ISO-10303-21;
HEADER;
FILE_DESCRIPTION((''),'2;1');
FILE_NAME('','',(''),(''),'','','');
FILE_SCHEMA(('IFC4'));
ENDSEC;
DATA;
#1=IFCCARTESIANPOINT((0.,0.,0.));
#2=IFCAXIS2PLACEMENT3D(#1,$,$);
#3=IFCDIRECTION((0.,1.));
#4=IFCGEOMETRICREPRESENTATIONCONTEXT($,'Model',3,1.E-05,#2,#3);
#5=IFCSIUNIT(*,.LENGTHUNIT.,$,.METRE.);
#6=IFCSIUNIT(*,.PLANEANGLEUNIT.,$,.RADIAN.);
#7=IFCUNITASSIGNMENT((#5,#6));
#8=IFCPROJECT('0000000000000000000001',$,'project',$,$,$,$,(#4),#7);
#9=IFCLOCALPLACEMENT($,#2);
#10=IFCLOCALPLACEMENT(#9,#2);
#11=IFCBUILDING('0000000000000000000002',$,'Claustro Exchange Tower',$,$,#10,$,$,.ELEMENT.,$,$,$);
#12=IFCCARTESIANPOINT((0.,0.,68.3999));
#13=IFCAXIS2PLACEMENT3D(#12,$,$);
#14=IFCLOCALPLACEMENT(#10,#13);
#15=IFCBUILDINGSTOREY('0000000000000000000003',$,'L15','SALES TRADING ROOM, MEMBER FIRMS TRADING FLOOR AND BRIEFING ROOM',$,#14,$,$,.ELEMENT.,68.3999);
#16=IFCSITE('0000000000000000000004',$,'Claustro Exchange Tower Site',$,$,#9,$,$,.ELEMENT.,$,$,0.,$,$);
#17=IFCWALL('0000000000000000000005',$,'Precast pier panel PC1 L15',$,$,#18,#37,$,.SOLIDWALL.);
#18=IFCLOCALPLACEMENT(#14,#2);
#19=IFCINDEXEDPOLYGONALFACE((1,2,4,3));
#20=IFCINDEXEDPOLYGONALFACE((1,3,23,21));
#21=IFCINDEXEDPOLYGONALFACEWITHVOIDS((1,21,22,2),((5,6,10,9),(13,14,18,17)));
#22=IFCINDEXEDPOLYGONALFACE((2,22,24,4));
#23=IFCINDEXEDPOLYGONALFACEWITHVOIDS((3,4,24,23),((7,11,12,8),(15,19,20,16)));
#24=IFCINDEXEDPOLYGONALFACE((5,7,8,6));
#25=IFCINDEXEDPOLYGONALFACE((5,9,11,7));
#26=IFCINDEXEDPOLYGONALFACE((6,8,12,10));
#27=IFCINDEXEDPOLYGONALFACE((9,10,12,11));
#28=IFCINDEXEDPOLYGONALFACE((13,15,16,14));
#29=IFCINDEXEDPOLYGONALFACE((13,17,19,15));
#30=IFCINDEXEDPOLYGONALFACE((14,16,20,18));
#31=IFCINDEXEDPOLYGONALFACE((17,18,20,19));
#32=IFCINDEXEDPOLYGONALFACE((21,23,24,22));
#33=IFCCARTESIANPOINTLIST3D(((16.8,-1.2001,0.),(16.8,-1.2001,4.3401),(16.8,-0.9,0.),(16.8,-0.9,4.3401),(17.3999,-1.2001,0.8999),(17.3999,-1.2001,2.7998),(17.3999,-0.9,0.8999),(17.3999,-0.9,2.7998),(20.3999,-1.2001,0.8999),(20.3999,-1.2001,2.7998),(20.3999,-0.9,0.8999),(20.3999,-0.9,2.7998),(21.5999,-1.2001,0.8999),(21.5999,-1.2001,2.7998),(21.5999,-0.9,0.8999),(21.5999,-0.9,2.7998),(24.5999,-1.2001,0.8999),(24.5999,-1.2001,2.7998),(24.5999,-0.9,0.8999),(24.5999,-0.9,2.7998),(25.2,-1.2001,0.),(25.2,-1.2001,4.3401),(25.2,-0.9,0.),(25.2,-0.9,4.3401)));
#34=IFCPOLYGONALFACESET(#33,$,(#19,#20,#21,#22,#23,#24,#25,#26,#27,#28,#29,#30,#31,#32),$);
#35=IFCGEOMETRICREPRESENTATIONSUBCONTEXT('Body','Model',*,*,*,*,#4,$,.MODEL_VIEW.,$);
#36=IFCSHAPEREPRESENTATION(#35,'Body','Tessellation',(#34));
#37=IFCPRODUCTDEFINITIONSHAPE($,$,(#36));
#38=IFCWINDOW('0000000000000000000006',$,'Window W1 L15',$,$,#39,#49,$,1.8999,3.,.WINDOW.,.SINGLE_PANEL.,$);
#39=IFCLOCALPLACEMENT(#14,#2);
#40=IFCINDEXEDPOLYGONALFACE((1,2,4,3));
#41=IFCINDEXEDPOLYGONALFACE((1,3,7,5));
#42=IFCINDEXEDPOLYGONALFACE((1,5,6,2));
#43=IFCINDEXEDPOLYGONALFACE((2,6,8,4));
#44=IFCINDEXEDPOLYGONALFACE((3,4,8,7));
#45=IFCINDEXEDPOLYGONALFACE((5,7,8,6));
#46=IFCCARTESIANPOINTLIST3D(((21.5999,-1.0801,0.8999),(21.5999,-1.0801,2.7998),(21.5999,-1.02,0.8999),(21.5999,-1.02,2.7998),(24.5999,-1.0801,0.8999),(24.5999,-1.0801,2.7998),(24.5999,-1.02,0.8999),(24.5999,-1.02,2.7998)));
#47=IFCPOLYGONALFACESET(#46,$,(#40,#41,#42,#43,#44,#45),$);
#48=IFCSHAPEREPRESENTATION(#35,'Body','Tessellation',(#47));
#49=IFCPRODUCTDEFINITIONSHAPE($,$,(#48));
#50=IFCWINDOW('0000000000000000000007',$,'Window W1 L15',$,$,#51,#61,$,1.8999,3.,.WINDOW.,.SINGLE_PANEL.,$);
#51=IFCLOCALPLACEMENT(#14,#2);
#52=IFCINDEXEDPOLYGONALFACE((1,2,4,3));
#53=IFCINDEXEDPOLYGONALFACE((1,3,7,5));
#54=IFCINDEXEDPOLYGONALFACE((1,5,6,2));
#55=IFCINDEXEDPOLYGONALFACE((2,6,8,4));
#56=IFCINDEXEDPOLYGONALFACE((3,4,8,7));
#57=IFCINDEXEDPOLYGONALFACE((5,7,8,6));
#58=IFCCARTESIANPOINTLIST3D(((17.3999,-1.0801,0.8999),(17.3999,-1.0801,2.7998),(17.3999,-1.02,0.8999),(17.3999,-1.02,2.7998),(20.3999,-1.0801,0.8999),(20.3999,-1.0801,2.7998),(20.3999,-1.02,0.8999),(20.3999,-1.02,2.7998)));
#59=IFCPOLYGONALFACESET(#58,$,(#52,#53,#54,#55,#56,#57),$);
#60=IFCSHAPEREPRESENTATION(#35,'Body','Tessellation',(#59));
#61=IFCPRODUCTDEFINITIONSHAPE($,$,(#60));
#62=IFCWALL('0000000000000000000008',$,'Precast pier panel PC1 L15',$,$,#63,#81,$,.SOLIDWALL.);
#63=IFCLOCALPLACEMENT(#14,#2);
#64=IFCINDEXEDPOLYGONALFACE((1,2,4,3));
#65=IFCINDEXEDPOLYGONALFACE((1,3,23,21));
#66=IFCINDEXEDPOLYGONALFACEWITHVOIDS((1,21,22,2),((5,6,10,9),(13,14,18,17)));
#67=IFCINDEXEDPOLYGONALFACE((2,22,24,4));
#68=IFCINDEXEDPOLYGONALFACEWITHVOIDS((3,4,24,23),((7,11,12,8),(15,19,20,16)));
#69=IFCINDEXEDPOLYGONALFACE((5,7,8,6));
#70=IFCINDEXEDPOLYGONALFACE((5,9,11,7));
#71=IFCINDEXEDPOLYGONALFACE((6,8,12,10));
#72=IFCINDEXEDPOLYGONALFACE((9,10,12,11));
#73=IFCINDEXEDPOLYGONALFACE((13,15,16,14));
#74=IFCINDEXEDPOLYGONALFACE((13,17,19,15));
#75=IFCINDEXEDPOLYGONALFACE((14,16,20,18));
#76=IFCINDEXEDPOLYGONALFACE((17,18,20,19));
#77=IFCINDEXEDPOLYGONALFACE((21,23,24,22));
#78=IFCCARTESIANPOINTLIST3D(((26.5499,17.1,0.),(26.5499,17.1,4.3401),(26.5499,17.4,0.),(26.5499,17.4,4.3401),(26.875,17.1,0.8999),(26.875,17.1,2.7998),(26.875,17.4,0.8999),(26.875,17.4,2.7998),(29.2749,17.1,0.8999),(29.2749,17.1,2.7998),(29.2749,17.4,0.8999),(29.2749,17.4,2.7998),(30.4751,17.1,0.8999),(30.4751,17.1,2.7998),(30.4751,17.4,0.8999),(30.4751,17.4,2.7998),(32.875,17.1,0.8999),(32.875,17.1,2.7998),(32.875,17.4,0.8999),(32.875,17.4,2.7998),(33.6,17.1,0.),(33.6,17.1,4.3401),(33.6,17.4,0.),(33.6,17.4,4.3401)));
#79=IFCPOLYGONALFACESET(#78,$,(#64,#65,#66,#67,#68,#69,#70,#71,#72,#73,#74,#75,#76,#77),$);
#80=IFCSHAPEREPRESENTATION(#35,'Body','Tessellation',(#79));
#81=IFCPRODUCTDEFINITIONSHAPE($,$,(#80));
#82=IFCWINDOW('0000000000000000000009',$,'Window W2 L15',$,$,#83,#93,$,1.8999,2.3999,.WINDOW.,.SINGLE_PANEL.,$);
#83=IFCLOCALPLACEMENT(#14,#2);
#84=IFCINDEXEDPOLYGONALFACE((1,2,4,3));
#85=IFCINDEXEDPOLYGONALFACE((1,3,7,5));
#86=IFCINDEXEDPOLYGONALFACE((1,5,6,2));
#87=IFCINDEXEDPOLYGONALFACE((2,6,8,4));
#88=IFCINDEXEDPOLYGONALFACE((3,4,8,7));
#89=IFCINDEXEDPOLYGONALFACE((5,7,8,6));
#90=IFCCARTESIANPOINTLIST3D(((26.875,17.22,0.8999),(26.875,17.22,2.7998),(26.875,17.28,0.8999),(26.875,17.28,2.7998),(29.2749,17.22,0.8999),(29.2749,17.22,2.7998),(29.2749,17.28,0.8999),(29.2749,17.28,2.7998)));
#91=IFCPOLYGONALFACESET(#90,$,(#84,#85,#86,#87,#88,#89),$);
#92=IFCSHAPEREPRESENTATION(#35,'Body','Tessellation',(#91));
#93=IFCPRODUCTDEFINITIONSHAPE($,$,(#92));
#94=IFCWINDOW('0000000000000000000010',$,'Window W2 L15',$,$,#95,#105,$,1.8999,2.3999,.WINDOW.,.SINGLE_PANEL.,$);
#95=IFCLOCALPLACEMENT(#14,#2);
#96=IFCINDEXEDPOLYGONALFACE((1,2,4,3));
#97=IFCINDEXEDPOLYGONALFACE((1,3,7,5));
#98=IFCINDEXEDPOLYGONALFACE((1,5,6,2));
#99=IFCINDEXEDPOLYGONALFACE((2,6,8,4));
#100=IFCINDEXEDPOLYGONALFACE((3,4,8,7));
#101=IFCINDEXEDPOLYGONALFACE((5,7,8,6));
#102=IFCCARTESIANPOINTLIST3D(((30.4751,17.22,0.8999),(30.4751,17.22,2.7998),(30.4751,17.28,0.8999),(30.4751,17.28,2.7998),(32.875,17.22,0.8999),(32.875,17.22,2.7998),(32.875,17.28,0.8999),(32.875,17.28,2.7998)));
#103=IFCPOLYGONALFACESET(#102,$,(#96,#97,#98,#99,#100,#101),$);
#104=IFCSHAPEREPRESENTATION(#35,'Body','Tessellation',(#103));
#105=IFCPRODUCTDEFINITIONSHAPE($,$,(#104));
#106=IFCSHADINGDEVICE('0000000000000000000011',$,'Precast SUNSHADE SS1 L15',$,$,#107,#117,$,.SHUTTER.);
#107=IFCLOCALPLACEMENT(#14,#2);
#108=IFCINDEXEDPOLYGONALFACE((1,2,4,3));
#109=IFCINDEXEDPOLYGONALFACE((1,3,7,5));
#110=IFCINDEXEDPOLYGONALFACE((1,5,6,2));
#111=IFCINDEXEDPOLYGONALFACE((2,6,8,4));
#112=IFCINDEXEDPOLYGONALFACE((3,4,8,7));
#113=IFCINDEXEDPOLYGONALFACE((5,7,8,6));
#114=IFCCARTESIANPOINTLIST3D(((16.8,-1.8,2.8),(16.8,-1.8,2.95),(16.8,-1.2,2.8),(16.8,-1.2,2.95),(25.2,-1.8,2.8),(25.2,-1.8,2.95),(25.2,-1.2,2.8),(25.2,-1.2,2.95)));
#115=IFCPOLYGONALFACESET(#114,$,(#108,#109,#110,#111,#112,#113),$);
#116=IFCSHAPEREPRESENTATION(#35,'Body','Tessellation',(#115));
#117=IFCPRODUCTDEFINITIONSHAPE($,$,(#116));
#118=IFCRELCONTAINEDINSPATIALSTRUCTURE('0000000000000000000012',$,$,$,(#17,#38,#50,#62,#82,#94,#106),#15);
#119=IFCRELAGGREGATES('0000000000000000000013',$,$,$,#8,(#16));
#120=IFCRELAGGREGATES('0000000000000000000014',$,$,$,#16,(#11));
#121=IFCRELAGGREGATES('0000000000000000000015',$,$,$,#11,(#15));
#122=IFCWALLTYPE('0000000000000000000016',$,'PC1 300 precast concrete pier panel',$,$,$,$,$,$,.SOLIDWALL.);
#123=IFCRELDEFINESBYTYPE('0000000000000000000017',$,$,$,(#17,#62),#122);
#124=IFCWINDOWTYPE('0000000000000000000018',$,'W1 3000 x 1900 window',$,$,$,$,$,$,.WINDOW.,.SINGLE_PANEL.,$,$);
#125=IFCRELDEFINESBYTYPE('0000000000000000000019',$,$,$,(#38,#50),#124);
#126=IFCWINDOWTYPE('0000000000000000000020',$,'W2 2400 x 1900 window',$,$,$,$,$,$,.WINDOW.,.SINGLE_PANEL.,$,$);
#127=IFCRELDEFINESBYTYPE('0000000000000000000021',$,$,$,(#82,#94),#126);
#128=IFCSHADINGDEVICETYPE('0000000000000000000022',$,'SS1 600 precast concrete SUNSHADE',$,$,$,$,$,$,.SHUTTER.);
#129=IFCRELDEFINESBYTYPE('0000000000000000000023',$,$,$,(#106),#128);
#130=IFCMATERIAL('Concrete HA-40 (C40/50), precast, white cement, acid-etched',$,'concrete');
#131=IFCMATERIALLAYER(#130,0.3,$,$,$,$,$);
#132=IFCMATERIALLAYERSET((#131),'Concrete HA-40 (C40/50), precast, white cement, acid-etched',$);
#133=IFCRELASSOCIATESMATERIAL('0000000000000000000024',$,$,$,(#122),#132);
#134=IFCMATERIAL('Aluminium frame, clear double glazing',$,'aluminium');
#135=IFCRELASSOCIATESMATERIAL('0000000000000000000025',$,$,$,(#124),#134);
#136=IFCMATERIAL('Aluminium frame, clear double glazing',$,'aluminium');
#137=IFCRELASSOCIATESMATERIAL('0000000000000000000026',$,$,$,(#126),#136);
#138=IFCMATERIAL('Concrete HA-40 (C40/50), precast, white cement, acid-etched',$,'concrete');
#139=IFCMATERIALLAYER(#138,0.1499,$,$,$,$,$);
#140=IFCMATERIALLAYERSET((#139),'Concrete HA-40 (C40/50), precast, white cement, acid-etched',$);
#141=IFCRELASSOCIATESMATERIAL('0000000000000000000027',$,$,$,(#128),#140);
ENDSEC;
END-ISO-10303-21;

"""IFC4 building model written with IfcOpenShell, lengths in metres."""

from ifc_helpers import new_model, si_unit, direction, frame, frame_2d, origin, origin_2d, place, context, subcontext, project, spatial, rectangle, extrude, material, layer, layer_set, type_object, element, fill, save


model = new_model("IFC4")

# Units and contexts
model_context = context("Model", 3, precision=1e-05, world=origin(), true_north=direction((0.0, 1.0)))
body_context = subcontext(model_context, "Body", "Model", "MODEL_VIEW")
ifc_project = project(units=[si_unit("LENGTHUNIT", "METRE"), si_unit("PLANEANGLEUNIT", "RADIAN")], contexts=[model_context])

# Site, building, storey
site_placement = place(None, origin())
site = spatial("IfcSite", under=ifc_project, at=site_placement, Name="Claustro Exchange Tower Site", CompositionType="ELEMENT", RefElevation=0.0)
building_placement = place(site_placement, origin())
building = spatial("IfcBuilding", under=site, at=building_placement, Name="Claustro Exchange Tower", CompositionType="ELEMENT")
storey_placement = place(building_placement, frame((0.0, 0.0, 68.3999)))
storey = spatial("IfcBuildingStorey", under=building, at=storey_placement, Name="L15", Description="SALES TRADING ROOM, MEMBER FIRMS TRADING FLOOR AND BRIEFING ROOM", CompositionType="ELEMENT", Elevation=68.3999)

# Walls, openings, windows
ifc_material_1 = material(Name="Concrete HA-40 (C40/50), precast, white cement, acid-etched", Category="concrete")
ifc_layer_1 = layer(ifc_material_1, 0.3)
ifc_layer_set_1 = layer_set([ifc_layer_1], Name="Concrete HA-40 (C40/50), precast, white cement, acid-etched")
wall_type_1 = type_object("IfcWallType", Name="PC1 300 precast concrete pier panel", PredefinedType="SOLIDWALL", material=ifc_layer_set_1)
wall_1_placement = place(storey_placement, frame((25.2, -1.05, 0.0), z_axis=(0.0, 0.0, 1.0), x_axis=(-1.0, 0.0, 0.0)))
wall_1 = element("IfcWall", 1, at=wall_1_placement, inside=storey, type_object=wall_type_1, Name="Precast pier panel PC1 L15", PredefinedType="SOLIDWALL", context=body_context, shape_type="SweptSolid", body=[
    extrude(rectangle(XDim=8.3999, YDim=0.3, at=frame_2d((4.2, 0.0))), origin(), (0.0, 0.0, 1.0), 4.3401),
])
opening_1_placement = place(wall_1_placement, frame((0.6001, 0.0, 0.8999)))
opening_1 = element("IfcOpeningElement", 2, at=opening_1_placement, cuts=wall_1, PredefinedType="OPENING", context=body_context, shape_type="SweptSolid", body=[
    extrude(rectangle(XDim=3.0, YDim=1.8999, at=frame_2d((1.5, 0.95))), frame((0.0, 0.1599, 0.0), z_axis=(0.0, -1.0, 0.0), x_axis=(1.0, 0.0, 0.0)), (0.0, 0.0, 1.0), 0.3201),
])
opening_2_placement = place(wall_1_placement, frame((4.8, 0.0, 0.8999)))
opening_2 = element("IfcOpeningElement", 3, at=opening_2_placement, cuts=wall_1, PredefinedType="OPENING", context=body_context, shape_type="SweptSolid", body=[
    extrude(rectangle(XDim=3.0, YDim=1.8999, at=frame_2d((1.5, 0.95))), frame((0.0, 0.1599, 0.0), z_axis=(0.0, -1.0, 0.0), x_axis=(1.0, 0.0, 0.0)), (0.0, 0.0, 1.0), 0.3201),
])
ifc_material_2 = material(Name="Aluminium frame, clear double glazing", Category="aluminium")
window_type_1 = type_object("IfcWindowType", Name="W1 3000 x 1900 window", PartitioningType="SINGLE_PANEL", PredefinedType="WINDOW", material=ifc_material_2)
window_1_placement = place(opening_1_placement, origin())
window_1 = element("IfcWindow", 4, at=window_1_placement, inside=storey, type_object=window_type_1, Name="Window W1 L15", OverallHeight=1.8999, OverallWidth=3.0, PartitioningType="SINGLE_PANEL", PredefinedType="WINDOW", context=body_context, shape_type="SweptSolid", body=[
    extrude(rectangle(XDim=3.0, YDim=1.8999, at=frame_2d((1.5, 0.95))), frame((0.0, 0.03, 0.0), z_axis=(0.0, -1.0, 0.0), x_axis=(1.0, 0.0, 0.0)), (0.0, 0.0, 1.0), 0.0601),
])
fill(opening_1, window_1)
window_2_placement = place(opening_2_placement, origin())
window_2 = element("IfcWindow", 5, at=window_2_placement, inside=storey, type_object=window_type_1, Name="Window W1 L15", OverallHeight=1.8999, OverallWidth=3.0, PartitioningType="SINGLE_PANEL", PredefinedType="WINDOW", context=body_context, shape_type="SweptSolid", body=[
    extrude(rectangle(XDim=3.0, YDim=1.8999, at=frame_2d((1.5, 0.95))), frame((0.0, 0.03, 0.0), z_axis=(0.0, -1.0, 0.0), x_axis=(1.0, 0.0, 0.0)), (0.0, 0.0, 1.0), 0.0601),
])
fill(opening_2, window_2)
wall_2_placement = place(storey_placement, frame((26.55, 17.25, 0.0), z_axis=(0.0, 0.0, 1.0), x_axis=(1.0, 0.0, 0.0)))
wall_2 = element("IfcWall", 6, at=wall_2_placement, inside=storey, type_object=wall_type_1, Name="Precast pier panel PC1 L15", PredefinedType="SOLIDWALL", context=body_context, shape_type="SweptSolid", body=[
    extrude(rectangle(XDim=7.05, YDim=0.3, at=frame_2d((3.5249, 0.0))), origin(), (0.0, 0.0, 1.0), 4.3401),
])
opening_3_placement = place(wall_2_placement, frame((0.325, 0.0, 0.8999)))
opening_3 = element("IfcOpeningElement", 7, at=opening_3_placement, cuts=wall_2, PredefinedType="OPENING", context=body_context, shape_type="SweptSolid", body=[
    extrude(rectangle(XDim=2.3999, YDim=1.8999, at=frame_2d((1.2, 0.95))), frame((0.0, 0.1599, 0.0), z_axis=(0.0, -1.0, 0.0), x_axis=(1.0, 0.0, 0.0)), (0.0, 0.0, 1.0), 0.3201),
])
opening_4_placement = place(wall_2_placement, frame((3.925, 0.0, 0.8999)))
opening_4 = element("IfcOpeningElement", 8, at=opening_4_placement, cuts=wall_2, PredefinedType="OPENING", context=body_context, shape_type="SweptSolid", body=[
    extrude(rectangle(XDim=2.3999, YDim=1.8999, at=frame_2d((1.2, 0.95))), frame((0.0, 0.1599, 0.0), z_axis=(0.0, -1.0, 0.0), x_axis=(1.0, 0.0, 0.0)), (0.0, 0.0, 1.0), 0.3201),
])
ifc_material_3 = material(Name="Aluminium frame, clear double glazing", Category="aluminium")
window_type_2 = type_object("IfcWindowType", Name="W2 2400 x 1900 window", PartitioningType="SINGLE_PANEL", PredefinedType="WINDOW", material=ifc_material_3)
window_3_placement = place(opening_3_placement, origin())
window_3 = element("IfcWindow", 9, at=window_3_placement, inside=storey, type_object=window_type_2, Name="Window W2 L15", OverallHeight=1.8999, OverallWidth=2.3999, PartitioningType="SINGLE_PANEL", PredefinedType="WINDOW", context=body_context, shape_type="SweptSolid", body=[
    extrude(rectangle(XDim=2.3999, YDim=1.8999, at=frame_2d((1.2, 0.95))), frame((0.0, 0.03, 0.0), z_axis=(0.0, -1.0, 0.0), x_axis=(1.0, 0.0, 0.0)), (0.0, 0.0, 1.0), 0.0601),
])
fill(opening_3, window_3)
window_4_placement = place(opening_4_placement, origin())
window_4 = element("IfcWindow", 10, at=window_4_placement, inside=storey, type_object=window_type_2, Name="Window W2 L15", OverallHeight=1.8999, OverallWidth=2.3999, PartitioningType="SINGLE_PANEL", PredefinedType="WINDOW", context=body_context, shape_type="SweptSolid", body=[
    extrude(rectangle(XDim=2.3999, YDim=1.8999, at=frame_2d((1.2, 0.95))), frame((0.0, 0.03, 0.0), z_axis=(0.0, -1.0, 0.0), x_axis=(1.0, 0.0, 0.0)), (0.0, 0.0, 1.0), 0.0601),
])
fill(opening_4, window_4)

# Shading device
ifc_material_4 = material(Name="Concrete HA-40 (C40/50), precast, white cement, acid-etched", Category="concrete")
ifc_layer_2 = layer(ifc_material_4, 0.1499)
ifc_layer_set_2 = layer_set([ifc_layer_2], Name="Concrete HA-40 (C40/50), precast, white cement, acid-etched")
shading_device_type = type_object("IfcShadingDeviceType", Name="SS1 600 precast concrete SUNSHADE", PredefinedType="SHUTTER", material=ifc_layer_set_2)
shading_device_placement = place(storey_placement, frame((21.0, -1.5, 2.8), z_axis=(0.0, 0.0, 1.0), x_axis=(-1.0, 0.0, 0.0)))
element("IfcShadingDevice", 11, at=shading_device_placement, inside=storey, type_object=shading_device_type, Name="Precast SUNSHADE SS1 L15", PredefinedType="SHUTTER", context=body_context, shape_type="SweptSolid", body=[
    extrude(rectangle(XDim=8.3999, YDim=0.6001, at=origin_2d()), origin(), (0.0, 0.0, 1.0), 0.1499),
])

save(model, "model.ifc")
